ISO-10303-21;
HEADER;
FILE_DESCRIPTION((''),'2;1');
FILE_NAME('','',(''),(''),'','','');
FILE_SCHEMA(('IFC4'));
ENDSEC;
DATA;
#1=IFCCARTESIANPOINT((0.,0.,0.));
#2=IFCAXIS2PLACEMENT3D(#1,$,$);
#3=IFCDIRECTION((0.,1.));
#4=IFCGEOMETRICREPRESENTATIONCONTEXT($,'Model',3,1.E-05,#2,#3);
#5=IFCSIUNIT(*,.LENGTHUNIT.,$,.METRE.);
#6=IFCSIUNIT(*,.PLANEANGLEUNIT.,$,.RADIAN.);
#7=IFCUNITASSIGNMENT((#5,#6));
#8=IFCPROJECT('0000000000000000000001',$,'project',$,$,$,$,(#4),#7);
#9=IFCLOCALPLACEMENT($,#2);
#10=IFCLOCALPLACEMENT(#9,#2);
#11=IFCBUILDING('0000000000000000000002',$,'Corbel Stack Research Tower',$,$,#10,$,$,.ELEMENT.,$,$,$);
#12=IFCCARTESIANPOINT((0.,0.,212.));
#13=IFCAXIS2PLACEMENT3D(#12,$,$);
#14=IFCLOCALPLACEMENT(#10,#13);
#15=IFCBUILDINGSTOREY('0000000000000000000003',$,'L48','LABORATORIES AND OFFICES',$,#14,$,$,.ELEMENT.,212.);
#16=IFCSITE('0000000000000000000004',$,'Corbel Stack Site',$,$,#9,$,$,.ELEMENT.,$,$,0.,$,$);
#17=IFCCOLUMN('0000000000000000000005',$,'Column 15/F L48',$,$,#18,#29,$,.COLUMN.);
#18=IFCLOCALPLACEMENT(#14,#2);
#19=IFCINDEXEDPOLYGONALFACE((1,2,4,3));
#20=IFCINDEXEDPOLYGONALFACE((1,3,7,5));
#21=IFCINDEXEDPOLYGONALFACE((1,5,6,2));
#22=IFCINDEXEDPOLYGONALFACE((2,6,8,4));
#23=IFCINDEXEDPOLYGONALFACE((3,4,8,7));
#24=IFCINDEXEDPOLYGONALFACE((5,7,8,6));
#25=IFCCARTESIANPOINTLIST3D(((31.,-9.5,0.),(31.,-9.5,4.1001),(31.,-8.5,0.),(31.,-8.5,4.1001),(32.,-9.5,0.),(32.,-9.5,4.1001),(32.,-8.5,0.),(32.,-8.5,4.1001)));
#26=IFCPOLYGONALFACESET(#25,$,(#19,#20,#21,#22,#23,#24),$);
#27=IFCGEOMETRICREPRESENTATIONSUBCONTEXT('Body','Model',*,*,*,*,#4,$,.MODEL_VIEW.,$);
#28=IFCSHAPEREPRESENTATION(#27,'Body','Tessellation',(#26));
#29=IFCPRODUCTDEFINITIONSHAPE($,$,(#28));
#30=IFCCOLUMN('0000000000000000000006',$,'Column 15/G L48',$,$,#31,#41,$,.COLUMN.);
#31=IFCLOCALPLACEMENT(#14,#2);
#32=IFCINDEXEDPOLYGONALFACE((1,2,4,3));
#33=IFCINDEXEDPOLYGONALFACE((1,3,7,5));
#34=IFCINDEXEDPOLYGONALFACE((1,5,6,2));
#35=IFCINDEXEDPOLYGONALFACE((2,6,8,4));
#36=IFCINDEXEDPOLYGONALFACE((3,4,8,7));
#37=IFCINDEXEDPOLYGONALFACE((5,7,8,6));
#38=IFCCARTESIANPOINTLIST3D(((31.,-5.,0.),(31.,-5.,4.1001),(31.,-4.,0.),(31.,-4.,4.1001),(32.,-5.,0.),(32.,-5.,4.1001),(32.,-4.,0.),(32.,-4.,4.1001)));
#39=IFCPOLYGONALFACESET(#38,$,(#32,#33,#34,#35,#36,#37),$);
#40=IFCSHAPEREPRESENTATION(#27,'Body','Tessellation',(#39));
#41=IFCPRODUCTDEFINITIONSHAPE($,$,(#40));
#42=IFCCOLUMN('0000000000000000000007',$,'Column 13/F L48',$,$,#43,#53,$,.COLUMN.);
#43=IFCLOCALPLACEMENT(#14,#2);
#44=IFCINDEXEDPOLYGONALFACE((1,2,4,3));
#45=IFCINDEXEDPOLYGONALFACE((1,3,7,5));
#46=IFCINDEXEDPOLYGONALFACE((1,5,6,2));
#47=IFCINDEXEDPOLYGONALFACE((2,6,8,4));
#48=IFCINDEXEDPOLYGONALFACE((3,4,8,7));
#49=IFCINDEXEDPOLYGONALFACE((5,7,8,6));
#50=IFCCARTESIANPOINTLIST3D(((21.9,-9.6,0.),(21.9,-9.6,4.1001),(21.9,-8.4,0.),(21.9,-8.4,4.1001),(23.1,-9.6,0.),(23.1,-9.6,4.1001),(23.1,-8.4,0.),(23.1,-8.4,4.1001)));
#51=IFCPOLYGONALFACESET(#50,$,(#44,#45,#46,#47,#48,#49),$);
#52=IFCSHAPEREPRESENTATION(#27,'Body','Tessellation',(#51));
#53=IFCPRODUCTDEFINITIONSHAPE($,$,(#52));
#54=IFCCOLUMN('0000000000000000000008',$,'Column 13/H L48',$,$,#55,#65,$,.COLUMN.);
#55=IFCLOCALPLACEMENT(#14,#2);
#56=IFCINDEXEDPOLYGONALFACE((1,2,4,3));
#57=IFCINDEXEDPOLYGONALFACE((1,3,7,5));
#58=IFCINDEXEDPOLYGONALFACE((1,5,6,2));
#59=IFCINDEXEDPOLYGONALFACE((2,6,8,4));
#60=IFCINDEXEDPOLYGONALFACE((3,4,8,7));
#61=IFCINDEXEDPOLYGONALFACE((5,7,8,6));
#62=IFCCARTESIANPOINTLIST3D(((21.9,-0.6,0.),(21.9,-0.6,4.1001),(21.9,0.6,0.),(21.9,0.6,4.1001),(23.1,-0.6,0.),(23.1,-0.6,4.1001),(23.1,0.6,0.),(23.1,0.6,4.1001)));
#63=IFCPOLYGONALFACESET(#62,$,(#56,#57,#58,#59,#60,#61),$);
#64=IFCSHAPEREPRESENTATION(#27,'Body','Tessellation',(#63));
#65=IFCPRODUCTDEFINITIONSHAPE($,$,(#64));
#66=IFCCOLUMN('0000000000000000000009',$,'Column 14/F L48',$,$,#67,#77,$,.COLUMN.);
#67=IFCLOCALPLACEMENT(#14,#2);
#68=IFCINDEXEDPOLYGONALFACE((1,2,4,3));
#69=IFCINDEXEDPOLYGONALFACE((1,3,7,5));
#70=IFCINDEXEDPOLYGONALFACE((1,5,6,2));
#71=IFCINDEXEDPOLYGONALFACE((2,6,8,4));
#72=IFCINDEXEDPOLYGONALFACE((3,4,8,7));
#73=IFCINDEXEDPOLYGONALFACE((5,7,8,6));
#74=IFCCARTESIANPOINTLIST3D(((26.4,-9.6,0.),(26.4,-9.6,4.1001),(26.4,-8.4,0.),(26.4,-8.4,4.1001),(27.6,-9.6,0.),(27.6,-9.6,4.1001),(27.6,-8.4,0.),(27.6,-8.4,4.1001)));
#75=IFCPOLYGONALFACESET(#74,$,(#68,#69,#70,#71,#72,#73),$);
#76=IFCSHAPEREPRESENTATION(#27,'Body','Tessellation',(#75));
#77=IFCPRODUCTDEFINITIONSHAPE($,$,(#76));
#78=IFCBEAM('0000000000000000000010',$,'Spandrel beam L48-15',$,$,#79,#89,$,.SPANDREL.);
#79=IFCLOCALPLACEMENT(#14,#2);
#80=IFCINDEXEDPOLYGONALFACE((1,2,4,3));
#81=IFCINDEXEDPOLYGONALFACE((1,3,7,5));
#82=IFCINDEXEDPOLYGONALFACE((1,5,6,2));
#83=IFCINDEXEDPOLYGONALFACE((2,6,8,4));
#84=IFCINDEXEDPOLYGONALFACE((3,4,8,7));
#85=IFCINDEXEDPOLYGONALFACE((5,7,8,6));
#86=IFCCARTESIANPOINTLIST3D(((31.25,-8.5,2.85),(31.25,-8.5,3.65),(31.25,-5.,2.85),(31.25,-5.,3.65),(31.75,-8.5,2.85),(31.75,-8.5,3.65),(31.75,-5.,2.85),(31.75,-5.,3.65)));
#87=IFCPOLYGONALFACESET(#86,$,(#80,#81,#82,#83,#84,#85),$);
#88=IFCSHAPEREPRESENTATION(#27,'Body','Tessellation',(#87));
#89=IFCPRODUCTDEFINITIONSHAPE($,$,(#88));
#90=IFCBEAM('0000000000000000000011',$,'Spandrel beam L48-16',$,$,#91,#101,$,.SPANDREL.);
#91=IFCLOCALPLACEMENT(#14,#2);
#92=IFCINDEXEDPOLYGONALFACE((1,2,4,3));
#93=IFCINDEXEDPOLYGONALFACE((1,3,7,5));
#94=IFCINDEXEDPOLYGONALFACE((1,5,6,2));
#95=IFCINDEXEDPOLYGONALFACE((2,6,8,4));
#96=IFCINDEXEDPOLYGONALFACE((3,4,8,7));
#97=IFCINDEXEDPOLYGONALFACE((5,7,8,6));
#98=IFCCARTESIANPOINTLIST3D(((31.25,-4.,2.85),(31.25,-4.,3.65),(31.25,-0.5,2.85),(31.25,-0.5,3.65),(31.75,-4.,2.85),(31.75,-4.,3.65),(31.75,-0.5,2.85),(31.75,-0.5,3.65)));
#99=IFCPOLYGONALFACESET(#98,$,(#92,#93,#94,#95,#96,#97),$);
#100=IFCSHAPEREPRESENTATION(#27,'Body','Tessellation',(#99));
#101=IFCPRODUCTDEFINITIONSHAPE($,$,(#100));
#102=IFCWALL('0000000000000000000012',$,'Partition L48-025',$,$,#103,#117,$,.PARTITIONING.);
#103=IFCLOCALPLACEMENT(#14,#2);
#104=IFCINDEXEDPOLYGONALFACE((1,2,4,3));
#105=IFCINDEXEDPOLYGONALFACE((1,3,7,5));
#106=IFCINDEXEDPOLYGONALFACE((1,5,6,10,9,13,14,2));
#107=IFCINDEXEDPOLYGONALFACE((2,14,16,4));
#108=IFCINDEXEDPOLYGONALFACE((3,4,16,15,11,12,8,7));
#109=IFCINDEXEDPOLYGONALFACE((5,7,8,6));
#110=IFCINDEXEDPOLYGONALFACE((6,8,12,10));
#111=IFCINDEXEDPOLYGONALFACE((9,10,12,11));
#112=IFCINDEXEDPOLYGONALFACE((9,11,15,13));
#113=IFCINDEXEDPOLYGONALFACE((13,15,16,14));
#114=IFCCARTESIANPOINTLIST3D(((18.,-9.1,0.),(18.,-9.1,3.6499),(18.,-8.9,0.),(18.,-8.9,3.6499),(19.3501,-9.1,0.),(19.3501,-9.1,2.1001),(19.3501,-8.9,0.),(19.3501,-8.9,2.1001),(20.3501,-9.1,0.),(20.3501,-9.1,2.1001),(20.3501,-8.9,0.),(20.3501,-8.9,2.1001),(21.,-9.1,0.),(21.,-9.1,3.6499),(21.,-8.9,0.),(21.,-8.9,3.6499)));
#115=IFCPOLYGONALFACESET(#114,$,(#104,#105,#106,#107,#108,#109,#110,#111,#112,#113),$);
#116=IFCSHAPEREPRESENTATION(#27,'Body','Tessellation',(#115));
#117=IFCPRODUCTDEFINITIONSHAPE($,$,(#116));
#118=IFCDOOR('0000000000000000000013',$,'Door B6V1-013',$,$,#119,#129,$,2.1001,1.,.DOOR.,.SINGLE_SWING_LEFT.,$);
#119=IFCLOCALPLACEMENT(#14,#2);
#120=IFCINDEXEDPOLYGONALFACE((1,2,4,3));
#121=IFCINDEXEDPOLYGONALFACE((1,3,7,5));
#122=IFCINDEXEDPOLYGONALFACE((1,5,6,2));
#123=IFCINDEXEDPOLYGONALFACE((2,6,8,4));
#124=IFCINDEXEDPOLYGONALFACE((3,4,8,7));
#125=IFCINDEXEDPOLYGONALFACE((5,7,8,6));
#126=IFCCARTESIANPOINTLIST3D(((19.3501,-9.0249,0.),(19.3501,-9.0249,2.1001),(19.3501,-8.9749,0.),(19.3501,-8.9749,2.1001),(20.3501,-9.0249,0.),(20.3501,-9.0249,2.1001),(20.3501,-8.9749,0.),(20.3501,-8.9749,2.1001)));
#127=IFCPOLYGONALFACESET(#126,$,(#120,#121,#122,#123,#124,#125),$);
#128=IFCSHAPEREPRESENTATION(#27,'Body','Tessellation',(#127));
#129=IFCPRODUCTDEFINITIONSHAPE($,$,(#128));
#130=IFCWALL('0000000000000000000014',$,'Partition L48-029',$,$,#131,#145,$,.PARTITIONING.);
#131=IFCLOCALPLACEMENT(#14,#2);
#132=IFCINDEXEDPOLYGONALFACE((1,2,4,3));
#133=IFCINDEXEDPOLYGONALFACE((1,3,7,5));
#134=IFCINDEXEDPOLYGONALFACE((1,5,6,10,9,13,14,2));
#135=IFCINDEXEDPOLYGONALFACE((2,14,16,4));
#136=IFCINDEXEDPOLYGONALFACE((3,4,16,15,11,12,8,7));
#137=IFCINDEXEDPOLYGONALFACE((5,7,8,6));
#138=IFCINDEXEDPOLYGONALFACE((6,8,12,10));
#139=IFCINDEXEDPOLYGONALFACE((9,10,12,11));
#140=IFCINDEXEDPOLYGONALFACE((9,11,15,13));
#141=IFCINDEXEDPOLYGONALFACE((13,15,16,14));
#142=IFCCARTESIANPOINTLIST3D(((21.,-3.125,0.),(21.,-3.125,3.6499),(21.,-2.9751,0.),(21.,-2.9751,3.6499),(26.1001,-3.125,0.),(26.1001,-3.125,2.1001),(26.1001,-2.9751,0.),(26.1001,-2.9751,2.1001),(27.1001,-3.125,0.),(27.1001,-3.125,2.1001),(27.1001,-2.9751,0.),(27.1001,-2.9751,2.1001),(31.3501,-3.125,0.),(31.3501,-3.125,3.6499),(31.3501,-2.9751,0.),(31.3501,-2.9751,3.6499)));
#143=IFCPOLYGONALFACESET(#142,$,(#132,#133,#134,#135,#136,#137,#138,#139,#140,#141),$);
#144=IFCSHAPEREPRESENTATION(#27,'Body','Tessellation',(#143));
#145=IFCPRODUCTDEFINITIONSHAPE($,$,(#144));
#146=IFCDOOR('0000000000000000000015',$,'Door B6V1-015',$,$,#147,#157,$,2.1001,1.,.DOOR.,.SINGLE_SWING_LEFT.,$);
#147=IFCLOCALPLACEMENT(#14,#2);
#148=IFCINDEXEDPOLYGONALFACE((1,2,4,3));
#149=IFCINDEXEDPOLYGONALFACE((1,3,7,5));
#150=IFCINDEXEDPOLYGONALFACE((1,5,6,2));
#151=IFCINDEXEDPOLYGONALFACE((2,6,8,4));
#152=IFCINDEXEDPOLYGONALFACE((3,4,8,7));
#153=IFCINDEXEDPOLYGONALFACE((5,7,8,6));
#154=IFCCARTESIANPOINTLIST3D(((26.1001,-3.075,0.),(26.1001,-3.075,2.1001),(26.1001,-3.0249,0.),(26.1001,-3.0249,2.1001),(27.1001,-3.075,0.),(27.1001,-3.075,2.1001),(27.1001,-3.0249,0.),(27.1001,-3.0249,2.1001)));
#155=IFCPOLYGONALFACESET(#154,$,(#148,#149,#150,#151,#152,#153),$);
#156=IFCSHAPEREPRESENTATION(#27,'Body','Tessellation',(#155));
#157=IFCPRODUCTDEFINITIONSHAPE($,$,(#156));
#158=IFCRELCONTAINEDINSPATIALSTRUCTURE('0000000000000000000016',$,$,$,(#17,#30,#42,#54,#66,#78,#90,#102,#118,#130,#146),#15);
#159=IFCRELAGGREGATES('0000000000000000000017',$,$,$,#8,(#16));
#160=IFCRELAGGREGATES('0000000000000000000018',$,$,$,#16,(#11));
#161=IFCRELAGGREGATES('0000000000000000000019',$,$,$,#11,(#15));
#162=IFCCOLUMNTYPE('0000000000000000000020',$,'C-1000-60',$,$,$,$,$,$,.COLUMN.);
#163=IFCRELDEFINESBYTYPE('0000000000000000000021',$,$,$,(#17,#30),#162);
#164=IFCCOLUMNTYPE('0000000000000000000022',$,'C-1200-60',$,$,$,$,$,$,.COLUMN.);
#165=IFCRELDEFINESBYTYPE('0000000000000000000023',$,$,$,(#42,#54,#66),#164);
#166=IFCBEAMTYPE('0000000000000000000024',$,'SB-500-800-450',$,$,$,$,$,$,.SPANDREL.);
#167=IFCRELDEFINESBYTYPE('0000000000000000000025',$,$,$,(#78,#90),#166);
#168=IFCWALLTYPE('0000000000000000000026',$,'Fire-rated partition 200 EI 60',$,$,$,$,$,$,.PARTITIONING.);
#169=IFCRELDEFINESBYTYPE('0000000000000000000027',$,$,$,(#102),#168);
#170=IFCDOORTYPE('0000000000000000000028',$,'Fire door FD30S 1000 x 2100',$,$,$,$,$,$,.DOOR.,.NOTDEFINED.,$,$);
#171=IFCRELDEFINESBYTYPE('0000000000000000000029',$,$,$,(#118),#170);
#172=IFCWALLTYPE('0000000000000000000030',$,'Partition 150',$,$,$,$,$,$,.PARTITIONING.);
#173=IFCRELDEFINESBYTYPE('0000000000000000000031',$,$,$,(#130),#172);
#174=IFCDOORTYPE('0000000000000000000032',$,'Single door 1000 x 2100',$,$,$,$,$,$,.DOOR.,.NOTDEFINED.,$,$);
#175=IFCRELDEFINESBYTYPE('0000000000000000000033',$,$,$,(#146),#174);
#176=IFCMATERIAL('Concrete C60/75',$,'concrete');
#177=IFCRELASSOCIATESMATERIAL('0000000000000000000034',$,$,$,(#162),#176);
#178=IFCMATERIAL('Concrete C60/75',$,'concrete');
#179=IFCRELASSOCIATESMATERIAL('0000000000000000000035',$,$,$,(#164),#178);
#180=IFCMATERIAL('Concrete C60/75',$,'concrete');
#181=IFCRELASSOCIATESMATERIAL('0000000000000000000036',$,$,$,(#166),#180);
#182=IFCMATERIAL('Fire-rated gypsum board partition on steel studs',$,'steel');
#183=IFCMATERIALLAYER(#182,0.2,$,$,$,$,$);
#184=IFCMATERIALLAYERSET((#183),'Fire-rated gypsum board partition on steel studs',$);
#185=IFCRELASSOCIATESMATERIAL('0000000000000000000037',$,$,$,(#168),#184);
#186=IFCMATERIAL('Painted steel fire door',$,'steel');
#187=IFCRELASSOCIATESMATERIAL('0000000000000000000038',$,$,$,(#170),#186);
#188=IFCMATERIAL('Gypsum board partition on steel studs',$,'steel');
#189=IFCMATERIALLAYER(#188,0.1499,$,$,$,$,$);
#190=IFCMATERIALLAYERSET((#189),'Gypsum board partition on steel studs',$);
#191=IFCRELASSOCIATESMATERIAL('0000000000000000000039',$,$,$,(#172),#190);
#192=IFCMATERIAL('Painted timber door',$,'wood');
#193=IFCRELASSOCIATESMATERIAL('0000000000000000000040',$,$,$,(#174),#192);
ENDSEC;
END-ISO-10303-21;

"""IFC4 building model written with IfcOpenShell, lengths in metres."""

from ifc_helpers import new_model, si_unit, direction, frame, frame_2d, origin, origin_2d, place, context, subcontext, project, spatial, rectangle, extrude, material, layer, layer_set, material_profile, profile_set, type_object, element, fill, save


model = new_model("IFC4")

# Units and contexts
model_context = context("Model", 3, precision=1e-05, world=origin(), true_north=direction((0.0, 1.0)))
body_context = subcontext(model_context, "Body", "Model", "MODEL_VIEW")
ifc_project = project(units=[si_unit("LENGTHUNIT", "METRE"), si_unit("PLANEANGLEUNIT", "RADIAN")], contexts=[model_context])

# Site, building, storey
site_placement = place(None, origin())
site = spatial("IfcSite", under=ifc_project, at=site_placement, Name="Corbel Stack Site", CompositionType="ELEMENT", RefElevation=0.0)
building_placement = place(site_placement, origin())
building = spatial("IfcBuilding", under=site, at=building_placement, Name="Corbel Stack Research Tower", CompositionType="ELEMENT")
storey_placement = place(building_placement, frame((0.0, 0.0, 212.0)))
storey = spatial("IfcBuildingStorey", under=building, at=storey_placement, Name="L48", Description="LABORATORIES AND OFFICES", CompositionType="ELEMENT", Elevation=212.0)

# Columns
ifc_material_1 = material(Name="Concrete C60/75", Category="concrete")
ifc_material_profile_1 = material_profile(ifc_material_1, rectangle(XDim=1.0, YDim=1.0, at=origin_2d()), Name="RC 1000 x 1000")
ifc_profile_set_1 = profile_set([ifc_material_profile_1], Name="Concrete C60/75")
column_type_1 = type_object("IfcColumnType", Name="C-1000-60", PredefinedType="COLUMN", material=ifc_profile_set_1)
for number, where, z_axis, x_axis, name in (
    (1, (31.5, -9.0, 0.0), (0.0, 0.0, 1.0), (1.0, 0.0, 0.0), "Column 15/F L48"),
    (2, (31.5, -4.5, 0.0), (0.0, 0.0, 1.0), (1.0, 0.0, 0.0), "Column 15/G L48"),
):
    element("IfcColumn", number, at=place(storey_placement, frame(where, z_axis=z_axis, x_axis=x_axis)), inside=storey, type_object=column_type_1, Name=name, PredefinedType="COLUMN", context=body_context, shape_type="SweptSolid", body=[
        extrude(rectangle(XDim=1.0, YDim=1.0, at=origin_2d()), origin(), (0.0, 0.0, 1.0), 4.1001),
    ])
ifc_material_2 = material(Name="Concrete C60/75", Category="concrete")
ifc_material_profile_2 = material_profile(ifc_material_2, rectangle(XDim=1.2, YDim=1.2, at=origin_2d()), Name="RC 1200 x 1200")
ifc_profile_set_2 = profile_set([ifc_material_profile_2], Name="Concrete C60/75")
column_type_2 = type_object("IfcColumnType", Name="C-1200-60", PredefinedType="COLUMN", material=ifc_profile_set_2)
for number, where, z_axis, x_axis, name in (
    (3, (22.5, -9.0, 0.0), (0.0, 0.0, 1.0), (1.0, 0.0, 0.0), "Column 13/F L48"),
    (4, (22.5, 0.0, 0.0), (0.0, 0.0, 1.0), (1.0, 0.0, 0.0), "Column 13/H L48"),
    (5, (27.0, -9.0, 0.0), (0.0, 0.0, 1.0), (1.0, 0.0, 0.0), "Column 14/F L48"),
):
    element("IfcColumn", number, at=place(storey_placement, frame(where, z_axis=z_axis, x_axis=x_axis)), inside=storey, type_object=column_type_2, Name=name, PredefinedType="COLUMN", context=body_context, shape_type="SweptSolid", body=[
        extrude(rectangle(XDim=1.2, YDim=1.2, at=origin_2d()), origin(), (0.0, 0.0, 1.0), 4.1001),
    ])

# Beams
ifc_material_3 = material(Name="Concrete C60/75", Category="concrete")
ifc_material_profile_3 = material_profile(ifc_material_3, rectangle(XDim=0.5, YDim=0.8, at=origin_2d()), Name="RC 500 x 800")
ifc_profile_set_3 = profile_set([ifc_material_profile_3], Name="Concrete C60/75")
beam_type = type_object("IfcBeamType", Name="SB-500-800-450", PredefinedType="SPANDREL", material=ifc_profile_set_3)
for number, where, z_axis, x_axis, name in (
    (6, (31.5, -8.5, 3.25), (0.0, 1.0, 0.0), (-1.0, 0.0, 0.0), "Spandrel beam L48-15"),
    (7, (31.5, -4.0, 3.25), (0.0, 1.0, 0.0), (-1.0, 0.0, 0.0), "Spandrel beam L48-16"),
):
    element("IfcBeam", number, at=place(storey_placement, frame(where, z_axis=z_axis, x_axis=x_axis)), inside=storey, type_object=beam_type, Name=name, PredefinedType="SPANDREL", context=body_context, shape_type="SweptSolid", body=[
        extrude(rectangle(XDim=0.5, YDim=0.8, at=origin_2d()), origin(), (0.0, 0.0, 1.0), 3.5),
    ])

# Walls, openings, doors
ifc_material_4 = material(Name="Fire-rated gypsum board partition on steel studs", Category="steel")
ifc_layer_1 = layer(ifc_material_4, 0.2)
ifc_layer_set_1 = layer_set([ifc_layer_1], Name="Fire-rated gypsum board partition on steel studs")
wall_type_1 = type_object("IfcWallType", Name="Fire-rated partition 200 EI 60", PredefinedType="PARTITIONING", material=ifc_layer_set_1)
wall_1_placement = place(storey_placement, frame((21.0, -9.0, 0.0), z_axis=(0.0, 0.0, 1.0), x_axis=(-1.0, 0.0, 0.0)))
wall_1 = element("IfcWall", 8, at=wall_1_placement, inside=storey, type_object=wall_type_1, Name="Partition L48-025", PredefinedType="PARTITIONING", context=body_context, shape_type="SweptSolid", body=[
    extrude(rectangle(XDim=3.0, YDim=0.2, at=frame_2d((1.5, 0.0))), origin(), (0.0, 0.0, 1.0), 3.6499),
])
opening_1_placement = place(wall_1_placement, frame((0.6499, 0.0, 0.0)))
opening_1 = element("IfcOpeningElement", 9, at=opening_1_placement, cuts=wall_1, PredefinedType="OPENING", context=body_context, shape_type="SweptSolid", body=[
    extrude(rectangle(XDim=1.0, YDim=2.1001, at=frame_2d((0.5, 1.05))), frame((0.0, 0.1099, 0.0), z_axis=(0.0, -1.0, 0.0), x_axis=(1.0, 0.0, 0.0)), (0.0, 0.0, 1.0), 0.22),
])
ifc_material_5 = material(Name="Painted steel fire door", Category="steel")
door_type_1 = type_object("IfcDoorType", Name="Fire door FD30S 1000 x 2100", OperationType="NOTDEFINED", PredefinedType="DOOR", material=ifc_material_5)
door_1_placement = place(opening_1_placement, origin())
door_1 = element("IfcDoor", 10, at=door_1_placement, inside=storey, type_object=door_type_1, Name="Door B6V1-013", OperationType="SINGLE_SWING_LEFT", OverallHeight=2.1001, OverallWidth=1.0, PredefinedType="DOOR", context=body_context, shape_type="SweptSolid", body=[
    extrude(rectangle(XDim=1.0, YDim=2.1001, at=frame_2d((0.5, 1.05))), frame((0.0, 0.0249, 0.0), z_axis=(0.0, -1.0, 0.0), x_axis=(1.0, 0.0, 0.0)), (0.0, 0.0, 1.0), 0.05),
])
fill(opening_1, door_1)
ifc_material_6 = material(Name="Gypsum board partition on steel studs", Category="steel")
ifc_layer_2 = layer(ifc_material_6, 0.1499)
ifc_layer_set_2 = layer_set([ifc_layer_2], Name="Gypsum board partition on steel studs")
wall_type_2 = type_object("IfcWallType", Name="Partition 150", PredefinedType="PARTITIONING", material=ifc_layer_set_2)
wall_2_placement = place(storey_placement, frame((31.3501, -3.05, 0.0), z_axis=(0.0, 0.0, 1.0), x_axis=(-1.0, 0.0, 0.0)))
wall_2 = element("IfcWall", 11, at=wall_2_placement, inside=storey, type_object=wall_type_2, Name="Partition L48-029", PredefinedType="PARTITIONING", context=body_context, shape_type="SweptSolid", body=[
    extrude(rectangle(XDim=10.3501, YDim=0.1499, at=frame_2d((5.175, 0.0))), origin(), (0.0, 0.0, 1.0), 3.6499),
])
opening_2_placement = place(wall_2_placement, frame((4.25, 0.0, 0.0)))
opening_2 = element("IfcOpeningElement", 12, at=opening_2_placement, cuts=wall_2, PredefinedType="OPENING", context=body_context, shape_type="SweptSolid", body=[
    extrude(rectangle(XDim=1.0, YDim=2.1001, at=frame_2d((0.5, 1.05))), frame((0.0, 0.085, 0.0), z_axis=(0.0, -1.0, 0.0), x_axis=(1.0, 0.0, 0.0)), (0.0, 0.0, 1.0), 0.1699),
])
ifc_material_7 = material(Name="Painted timber door", Category="wood")
door_type_2 = type_object("IfcDoorType", Name="Single door 1000 x 2100", OperationType="NOTDEFINED", PredefinedType="DOOR", material=ifc_material_7)
door_2_placement = place(opening_2_placement, origin())
door_2 = element("IfcDoor", 13, at=door_2_placement, inside=storey, type_object=door_type_2, Name="Door B6V1-015", OperationType="SINGLE_SWING_LEFT", OverallHeight=2.1001, OverallWidth=1.0, PredefinedType="DOOR", context=body_context, shape_type="SweptSolid", body=[
    extrude(rectangle(XDim=1.0, YDim=2.1001, at=frame_2d((0.5, 1.05))), frame((0.0, 0.0249, 0.0), z_axis=(0.0, -1.0, 0.0), x_axis=(1.0, 0.0, 0.0)), (0.0, 0.0, 1.0), 0.05),
])
fill(opening_2, door_2)

save(model, "model.ifc")
